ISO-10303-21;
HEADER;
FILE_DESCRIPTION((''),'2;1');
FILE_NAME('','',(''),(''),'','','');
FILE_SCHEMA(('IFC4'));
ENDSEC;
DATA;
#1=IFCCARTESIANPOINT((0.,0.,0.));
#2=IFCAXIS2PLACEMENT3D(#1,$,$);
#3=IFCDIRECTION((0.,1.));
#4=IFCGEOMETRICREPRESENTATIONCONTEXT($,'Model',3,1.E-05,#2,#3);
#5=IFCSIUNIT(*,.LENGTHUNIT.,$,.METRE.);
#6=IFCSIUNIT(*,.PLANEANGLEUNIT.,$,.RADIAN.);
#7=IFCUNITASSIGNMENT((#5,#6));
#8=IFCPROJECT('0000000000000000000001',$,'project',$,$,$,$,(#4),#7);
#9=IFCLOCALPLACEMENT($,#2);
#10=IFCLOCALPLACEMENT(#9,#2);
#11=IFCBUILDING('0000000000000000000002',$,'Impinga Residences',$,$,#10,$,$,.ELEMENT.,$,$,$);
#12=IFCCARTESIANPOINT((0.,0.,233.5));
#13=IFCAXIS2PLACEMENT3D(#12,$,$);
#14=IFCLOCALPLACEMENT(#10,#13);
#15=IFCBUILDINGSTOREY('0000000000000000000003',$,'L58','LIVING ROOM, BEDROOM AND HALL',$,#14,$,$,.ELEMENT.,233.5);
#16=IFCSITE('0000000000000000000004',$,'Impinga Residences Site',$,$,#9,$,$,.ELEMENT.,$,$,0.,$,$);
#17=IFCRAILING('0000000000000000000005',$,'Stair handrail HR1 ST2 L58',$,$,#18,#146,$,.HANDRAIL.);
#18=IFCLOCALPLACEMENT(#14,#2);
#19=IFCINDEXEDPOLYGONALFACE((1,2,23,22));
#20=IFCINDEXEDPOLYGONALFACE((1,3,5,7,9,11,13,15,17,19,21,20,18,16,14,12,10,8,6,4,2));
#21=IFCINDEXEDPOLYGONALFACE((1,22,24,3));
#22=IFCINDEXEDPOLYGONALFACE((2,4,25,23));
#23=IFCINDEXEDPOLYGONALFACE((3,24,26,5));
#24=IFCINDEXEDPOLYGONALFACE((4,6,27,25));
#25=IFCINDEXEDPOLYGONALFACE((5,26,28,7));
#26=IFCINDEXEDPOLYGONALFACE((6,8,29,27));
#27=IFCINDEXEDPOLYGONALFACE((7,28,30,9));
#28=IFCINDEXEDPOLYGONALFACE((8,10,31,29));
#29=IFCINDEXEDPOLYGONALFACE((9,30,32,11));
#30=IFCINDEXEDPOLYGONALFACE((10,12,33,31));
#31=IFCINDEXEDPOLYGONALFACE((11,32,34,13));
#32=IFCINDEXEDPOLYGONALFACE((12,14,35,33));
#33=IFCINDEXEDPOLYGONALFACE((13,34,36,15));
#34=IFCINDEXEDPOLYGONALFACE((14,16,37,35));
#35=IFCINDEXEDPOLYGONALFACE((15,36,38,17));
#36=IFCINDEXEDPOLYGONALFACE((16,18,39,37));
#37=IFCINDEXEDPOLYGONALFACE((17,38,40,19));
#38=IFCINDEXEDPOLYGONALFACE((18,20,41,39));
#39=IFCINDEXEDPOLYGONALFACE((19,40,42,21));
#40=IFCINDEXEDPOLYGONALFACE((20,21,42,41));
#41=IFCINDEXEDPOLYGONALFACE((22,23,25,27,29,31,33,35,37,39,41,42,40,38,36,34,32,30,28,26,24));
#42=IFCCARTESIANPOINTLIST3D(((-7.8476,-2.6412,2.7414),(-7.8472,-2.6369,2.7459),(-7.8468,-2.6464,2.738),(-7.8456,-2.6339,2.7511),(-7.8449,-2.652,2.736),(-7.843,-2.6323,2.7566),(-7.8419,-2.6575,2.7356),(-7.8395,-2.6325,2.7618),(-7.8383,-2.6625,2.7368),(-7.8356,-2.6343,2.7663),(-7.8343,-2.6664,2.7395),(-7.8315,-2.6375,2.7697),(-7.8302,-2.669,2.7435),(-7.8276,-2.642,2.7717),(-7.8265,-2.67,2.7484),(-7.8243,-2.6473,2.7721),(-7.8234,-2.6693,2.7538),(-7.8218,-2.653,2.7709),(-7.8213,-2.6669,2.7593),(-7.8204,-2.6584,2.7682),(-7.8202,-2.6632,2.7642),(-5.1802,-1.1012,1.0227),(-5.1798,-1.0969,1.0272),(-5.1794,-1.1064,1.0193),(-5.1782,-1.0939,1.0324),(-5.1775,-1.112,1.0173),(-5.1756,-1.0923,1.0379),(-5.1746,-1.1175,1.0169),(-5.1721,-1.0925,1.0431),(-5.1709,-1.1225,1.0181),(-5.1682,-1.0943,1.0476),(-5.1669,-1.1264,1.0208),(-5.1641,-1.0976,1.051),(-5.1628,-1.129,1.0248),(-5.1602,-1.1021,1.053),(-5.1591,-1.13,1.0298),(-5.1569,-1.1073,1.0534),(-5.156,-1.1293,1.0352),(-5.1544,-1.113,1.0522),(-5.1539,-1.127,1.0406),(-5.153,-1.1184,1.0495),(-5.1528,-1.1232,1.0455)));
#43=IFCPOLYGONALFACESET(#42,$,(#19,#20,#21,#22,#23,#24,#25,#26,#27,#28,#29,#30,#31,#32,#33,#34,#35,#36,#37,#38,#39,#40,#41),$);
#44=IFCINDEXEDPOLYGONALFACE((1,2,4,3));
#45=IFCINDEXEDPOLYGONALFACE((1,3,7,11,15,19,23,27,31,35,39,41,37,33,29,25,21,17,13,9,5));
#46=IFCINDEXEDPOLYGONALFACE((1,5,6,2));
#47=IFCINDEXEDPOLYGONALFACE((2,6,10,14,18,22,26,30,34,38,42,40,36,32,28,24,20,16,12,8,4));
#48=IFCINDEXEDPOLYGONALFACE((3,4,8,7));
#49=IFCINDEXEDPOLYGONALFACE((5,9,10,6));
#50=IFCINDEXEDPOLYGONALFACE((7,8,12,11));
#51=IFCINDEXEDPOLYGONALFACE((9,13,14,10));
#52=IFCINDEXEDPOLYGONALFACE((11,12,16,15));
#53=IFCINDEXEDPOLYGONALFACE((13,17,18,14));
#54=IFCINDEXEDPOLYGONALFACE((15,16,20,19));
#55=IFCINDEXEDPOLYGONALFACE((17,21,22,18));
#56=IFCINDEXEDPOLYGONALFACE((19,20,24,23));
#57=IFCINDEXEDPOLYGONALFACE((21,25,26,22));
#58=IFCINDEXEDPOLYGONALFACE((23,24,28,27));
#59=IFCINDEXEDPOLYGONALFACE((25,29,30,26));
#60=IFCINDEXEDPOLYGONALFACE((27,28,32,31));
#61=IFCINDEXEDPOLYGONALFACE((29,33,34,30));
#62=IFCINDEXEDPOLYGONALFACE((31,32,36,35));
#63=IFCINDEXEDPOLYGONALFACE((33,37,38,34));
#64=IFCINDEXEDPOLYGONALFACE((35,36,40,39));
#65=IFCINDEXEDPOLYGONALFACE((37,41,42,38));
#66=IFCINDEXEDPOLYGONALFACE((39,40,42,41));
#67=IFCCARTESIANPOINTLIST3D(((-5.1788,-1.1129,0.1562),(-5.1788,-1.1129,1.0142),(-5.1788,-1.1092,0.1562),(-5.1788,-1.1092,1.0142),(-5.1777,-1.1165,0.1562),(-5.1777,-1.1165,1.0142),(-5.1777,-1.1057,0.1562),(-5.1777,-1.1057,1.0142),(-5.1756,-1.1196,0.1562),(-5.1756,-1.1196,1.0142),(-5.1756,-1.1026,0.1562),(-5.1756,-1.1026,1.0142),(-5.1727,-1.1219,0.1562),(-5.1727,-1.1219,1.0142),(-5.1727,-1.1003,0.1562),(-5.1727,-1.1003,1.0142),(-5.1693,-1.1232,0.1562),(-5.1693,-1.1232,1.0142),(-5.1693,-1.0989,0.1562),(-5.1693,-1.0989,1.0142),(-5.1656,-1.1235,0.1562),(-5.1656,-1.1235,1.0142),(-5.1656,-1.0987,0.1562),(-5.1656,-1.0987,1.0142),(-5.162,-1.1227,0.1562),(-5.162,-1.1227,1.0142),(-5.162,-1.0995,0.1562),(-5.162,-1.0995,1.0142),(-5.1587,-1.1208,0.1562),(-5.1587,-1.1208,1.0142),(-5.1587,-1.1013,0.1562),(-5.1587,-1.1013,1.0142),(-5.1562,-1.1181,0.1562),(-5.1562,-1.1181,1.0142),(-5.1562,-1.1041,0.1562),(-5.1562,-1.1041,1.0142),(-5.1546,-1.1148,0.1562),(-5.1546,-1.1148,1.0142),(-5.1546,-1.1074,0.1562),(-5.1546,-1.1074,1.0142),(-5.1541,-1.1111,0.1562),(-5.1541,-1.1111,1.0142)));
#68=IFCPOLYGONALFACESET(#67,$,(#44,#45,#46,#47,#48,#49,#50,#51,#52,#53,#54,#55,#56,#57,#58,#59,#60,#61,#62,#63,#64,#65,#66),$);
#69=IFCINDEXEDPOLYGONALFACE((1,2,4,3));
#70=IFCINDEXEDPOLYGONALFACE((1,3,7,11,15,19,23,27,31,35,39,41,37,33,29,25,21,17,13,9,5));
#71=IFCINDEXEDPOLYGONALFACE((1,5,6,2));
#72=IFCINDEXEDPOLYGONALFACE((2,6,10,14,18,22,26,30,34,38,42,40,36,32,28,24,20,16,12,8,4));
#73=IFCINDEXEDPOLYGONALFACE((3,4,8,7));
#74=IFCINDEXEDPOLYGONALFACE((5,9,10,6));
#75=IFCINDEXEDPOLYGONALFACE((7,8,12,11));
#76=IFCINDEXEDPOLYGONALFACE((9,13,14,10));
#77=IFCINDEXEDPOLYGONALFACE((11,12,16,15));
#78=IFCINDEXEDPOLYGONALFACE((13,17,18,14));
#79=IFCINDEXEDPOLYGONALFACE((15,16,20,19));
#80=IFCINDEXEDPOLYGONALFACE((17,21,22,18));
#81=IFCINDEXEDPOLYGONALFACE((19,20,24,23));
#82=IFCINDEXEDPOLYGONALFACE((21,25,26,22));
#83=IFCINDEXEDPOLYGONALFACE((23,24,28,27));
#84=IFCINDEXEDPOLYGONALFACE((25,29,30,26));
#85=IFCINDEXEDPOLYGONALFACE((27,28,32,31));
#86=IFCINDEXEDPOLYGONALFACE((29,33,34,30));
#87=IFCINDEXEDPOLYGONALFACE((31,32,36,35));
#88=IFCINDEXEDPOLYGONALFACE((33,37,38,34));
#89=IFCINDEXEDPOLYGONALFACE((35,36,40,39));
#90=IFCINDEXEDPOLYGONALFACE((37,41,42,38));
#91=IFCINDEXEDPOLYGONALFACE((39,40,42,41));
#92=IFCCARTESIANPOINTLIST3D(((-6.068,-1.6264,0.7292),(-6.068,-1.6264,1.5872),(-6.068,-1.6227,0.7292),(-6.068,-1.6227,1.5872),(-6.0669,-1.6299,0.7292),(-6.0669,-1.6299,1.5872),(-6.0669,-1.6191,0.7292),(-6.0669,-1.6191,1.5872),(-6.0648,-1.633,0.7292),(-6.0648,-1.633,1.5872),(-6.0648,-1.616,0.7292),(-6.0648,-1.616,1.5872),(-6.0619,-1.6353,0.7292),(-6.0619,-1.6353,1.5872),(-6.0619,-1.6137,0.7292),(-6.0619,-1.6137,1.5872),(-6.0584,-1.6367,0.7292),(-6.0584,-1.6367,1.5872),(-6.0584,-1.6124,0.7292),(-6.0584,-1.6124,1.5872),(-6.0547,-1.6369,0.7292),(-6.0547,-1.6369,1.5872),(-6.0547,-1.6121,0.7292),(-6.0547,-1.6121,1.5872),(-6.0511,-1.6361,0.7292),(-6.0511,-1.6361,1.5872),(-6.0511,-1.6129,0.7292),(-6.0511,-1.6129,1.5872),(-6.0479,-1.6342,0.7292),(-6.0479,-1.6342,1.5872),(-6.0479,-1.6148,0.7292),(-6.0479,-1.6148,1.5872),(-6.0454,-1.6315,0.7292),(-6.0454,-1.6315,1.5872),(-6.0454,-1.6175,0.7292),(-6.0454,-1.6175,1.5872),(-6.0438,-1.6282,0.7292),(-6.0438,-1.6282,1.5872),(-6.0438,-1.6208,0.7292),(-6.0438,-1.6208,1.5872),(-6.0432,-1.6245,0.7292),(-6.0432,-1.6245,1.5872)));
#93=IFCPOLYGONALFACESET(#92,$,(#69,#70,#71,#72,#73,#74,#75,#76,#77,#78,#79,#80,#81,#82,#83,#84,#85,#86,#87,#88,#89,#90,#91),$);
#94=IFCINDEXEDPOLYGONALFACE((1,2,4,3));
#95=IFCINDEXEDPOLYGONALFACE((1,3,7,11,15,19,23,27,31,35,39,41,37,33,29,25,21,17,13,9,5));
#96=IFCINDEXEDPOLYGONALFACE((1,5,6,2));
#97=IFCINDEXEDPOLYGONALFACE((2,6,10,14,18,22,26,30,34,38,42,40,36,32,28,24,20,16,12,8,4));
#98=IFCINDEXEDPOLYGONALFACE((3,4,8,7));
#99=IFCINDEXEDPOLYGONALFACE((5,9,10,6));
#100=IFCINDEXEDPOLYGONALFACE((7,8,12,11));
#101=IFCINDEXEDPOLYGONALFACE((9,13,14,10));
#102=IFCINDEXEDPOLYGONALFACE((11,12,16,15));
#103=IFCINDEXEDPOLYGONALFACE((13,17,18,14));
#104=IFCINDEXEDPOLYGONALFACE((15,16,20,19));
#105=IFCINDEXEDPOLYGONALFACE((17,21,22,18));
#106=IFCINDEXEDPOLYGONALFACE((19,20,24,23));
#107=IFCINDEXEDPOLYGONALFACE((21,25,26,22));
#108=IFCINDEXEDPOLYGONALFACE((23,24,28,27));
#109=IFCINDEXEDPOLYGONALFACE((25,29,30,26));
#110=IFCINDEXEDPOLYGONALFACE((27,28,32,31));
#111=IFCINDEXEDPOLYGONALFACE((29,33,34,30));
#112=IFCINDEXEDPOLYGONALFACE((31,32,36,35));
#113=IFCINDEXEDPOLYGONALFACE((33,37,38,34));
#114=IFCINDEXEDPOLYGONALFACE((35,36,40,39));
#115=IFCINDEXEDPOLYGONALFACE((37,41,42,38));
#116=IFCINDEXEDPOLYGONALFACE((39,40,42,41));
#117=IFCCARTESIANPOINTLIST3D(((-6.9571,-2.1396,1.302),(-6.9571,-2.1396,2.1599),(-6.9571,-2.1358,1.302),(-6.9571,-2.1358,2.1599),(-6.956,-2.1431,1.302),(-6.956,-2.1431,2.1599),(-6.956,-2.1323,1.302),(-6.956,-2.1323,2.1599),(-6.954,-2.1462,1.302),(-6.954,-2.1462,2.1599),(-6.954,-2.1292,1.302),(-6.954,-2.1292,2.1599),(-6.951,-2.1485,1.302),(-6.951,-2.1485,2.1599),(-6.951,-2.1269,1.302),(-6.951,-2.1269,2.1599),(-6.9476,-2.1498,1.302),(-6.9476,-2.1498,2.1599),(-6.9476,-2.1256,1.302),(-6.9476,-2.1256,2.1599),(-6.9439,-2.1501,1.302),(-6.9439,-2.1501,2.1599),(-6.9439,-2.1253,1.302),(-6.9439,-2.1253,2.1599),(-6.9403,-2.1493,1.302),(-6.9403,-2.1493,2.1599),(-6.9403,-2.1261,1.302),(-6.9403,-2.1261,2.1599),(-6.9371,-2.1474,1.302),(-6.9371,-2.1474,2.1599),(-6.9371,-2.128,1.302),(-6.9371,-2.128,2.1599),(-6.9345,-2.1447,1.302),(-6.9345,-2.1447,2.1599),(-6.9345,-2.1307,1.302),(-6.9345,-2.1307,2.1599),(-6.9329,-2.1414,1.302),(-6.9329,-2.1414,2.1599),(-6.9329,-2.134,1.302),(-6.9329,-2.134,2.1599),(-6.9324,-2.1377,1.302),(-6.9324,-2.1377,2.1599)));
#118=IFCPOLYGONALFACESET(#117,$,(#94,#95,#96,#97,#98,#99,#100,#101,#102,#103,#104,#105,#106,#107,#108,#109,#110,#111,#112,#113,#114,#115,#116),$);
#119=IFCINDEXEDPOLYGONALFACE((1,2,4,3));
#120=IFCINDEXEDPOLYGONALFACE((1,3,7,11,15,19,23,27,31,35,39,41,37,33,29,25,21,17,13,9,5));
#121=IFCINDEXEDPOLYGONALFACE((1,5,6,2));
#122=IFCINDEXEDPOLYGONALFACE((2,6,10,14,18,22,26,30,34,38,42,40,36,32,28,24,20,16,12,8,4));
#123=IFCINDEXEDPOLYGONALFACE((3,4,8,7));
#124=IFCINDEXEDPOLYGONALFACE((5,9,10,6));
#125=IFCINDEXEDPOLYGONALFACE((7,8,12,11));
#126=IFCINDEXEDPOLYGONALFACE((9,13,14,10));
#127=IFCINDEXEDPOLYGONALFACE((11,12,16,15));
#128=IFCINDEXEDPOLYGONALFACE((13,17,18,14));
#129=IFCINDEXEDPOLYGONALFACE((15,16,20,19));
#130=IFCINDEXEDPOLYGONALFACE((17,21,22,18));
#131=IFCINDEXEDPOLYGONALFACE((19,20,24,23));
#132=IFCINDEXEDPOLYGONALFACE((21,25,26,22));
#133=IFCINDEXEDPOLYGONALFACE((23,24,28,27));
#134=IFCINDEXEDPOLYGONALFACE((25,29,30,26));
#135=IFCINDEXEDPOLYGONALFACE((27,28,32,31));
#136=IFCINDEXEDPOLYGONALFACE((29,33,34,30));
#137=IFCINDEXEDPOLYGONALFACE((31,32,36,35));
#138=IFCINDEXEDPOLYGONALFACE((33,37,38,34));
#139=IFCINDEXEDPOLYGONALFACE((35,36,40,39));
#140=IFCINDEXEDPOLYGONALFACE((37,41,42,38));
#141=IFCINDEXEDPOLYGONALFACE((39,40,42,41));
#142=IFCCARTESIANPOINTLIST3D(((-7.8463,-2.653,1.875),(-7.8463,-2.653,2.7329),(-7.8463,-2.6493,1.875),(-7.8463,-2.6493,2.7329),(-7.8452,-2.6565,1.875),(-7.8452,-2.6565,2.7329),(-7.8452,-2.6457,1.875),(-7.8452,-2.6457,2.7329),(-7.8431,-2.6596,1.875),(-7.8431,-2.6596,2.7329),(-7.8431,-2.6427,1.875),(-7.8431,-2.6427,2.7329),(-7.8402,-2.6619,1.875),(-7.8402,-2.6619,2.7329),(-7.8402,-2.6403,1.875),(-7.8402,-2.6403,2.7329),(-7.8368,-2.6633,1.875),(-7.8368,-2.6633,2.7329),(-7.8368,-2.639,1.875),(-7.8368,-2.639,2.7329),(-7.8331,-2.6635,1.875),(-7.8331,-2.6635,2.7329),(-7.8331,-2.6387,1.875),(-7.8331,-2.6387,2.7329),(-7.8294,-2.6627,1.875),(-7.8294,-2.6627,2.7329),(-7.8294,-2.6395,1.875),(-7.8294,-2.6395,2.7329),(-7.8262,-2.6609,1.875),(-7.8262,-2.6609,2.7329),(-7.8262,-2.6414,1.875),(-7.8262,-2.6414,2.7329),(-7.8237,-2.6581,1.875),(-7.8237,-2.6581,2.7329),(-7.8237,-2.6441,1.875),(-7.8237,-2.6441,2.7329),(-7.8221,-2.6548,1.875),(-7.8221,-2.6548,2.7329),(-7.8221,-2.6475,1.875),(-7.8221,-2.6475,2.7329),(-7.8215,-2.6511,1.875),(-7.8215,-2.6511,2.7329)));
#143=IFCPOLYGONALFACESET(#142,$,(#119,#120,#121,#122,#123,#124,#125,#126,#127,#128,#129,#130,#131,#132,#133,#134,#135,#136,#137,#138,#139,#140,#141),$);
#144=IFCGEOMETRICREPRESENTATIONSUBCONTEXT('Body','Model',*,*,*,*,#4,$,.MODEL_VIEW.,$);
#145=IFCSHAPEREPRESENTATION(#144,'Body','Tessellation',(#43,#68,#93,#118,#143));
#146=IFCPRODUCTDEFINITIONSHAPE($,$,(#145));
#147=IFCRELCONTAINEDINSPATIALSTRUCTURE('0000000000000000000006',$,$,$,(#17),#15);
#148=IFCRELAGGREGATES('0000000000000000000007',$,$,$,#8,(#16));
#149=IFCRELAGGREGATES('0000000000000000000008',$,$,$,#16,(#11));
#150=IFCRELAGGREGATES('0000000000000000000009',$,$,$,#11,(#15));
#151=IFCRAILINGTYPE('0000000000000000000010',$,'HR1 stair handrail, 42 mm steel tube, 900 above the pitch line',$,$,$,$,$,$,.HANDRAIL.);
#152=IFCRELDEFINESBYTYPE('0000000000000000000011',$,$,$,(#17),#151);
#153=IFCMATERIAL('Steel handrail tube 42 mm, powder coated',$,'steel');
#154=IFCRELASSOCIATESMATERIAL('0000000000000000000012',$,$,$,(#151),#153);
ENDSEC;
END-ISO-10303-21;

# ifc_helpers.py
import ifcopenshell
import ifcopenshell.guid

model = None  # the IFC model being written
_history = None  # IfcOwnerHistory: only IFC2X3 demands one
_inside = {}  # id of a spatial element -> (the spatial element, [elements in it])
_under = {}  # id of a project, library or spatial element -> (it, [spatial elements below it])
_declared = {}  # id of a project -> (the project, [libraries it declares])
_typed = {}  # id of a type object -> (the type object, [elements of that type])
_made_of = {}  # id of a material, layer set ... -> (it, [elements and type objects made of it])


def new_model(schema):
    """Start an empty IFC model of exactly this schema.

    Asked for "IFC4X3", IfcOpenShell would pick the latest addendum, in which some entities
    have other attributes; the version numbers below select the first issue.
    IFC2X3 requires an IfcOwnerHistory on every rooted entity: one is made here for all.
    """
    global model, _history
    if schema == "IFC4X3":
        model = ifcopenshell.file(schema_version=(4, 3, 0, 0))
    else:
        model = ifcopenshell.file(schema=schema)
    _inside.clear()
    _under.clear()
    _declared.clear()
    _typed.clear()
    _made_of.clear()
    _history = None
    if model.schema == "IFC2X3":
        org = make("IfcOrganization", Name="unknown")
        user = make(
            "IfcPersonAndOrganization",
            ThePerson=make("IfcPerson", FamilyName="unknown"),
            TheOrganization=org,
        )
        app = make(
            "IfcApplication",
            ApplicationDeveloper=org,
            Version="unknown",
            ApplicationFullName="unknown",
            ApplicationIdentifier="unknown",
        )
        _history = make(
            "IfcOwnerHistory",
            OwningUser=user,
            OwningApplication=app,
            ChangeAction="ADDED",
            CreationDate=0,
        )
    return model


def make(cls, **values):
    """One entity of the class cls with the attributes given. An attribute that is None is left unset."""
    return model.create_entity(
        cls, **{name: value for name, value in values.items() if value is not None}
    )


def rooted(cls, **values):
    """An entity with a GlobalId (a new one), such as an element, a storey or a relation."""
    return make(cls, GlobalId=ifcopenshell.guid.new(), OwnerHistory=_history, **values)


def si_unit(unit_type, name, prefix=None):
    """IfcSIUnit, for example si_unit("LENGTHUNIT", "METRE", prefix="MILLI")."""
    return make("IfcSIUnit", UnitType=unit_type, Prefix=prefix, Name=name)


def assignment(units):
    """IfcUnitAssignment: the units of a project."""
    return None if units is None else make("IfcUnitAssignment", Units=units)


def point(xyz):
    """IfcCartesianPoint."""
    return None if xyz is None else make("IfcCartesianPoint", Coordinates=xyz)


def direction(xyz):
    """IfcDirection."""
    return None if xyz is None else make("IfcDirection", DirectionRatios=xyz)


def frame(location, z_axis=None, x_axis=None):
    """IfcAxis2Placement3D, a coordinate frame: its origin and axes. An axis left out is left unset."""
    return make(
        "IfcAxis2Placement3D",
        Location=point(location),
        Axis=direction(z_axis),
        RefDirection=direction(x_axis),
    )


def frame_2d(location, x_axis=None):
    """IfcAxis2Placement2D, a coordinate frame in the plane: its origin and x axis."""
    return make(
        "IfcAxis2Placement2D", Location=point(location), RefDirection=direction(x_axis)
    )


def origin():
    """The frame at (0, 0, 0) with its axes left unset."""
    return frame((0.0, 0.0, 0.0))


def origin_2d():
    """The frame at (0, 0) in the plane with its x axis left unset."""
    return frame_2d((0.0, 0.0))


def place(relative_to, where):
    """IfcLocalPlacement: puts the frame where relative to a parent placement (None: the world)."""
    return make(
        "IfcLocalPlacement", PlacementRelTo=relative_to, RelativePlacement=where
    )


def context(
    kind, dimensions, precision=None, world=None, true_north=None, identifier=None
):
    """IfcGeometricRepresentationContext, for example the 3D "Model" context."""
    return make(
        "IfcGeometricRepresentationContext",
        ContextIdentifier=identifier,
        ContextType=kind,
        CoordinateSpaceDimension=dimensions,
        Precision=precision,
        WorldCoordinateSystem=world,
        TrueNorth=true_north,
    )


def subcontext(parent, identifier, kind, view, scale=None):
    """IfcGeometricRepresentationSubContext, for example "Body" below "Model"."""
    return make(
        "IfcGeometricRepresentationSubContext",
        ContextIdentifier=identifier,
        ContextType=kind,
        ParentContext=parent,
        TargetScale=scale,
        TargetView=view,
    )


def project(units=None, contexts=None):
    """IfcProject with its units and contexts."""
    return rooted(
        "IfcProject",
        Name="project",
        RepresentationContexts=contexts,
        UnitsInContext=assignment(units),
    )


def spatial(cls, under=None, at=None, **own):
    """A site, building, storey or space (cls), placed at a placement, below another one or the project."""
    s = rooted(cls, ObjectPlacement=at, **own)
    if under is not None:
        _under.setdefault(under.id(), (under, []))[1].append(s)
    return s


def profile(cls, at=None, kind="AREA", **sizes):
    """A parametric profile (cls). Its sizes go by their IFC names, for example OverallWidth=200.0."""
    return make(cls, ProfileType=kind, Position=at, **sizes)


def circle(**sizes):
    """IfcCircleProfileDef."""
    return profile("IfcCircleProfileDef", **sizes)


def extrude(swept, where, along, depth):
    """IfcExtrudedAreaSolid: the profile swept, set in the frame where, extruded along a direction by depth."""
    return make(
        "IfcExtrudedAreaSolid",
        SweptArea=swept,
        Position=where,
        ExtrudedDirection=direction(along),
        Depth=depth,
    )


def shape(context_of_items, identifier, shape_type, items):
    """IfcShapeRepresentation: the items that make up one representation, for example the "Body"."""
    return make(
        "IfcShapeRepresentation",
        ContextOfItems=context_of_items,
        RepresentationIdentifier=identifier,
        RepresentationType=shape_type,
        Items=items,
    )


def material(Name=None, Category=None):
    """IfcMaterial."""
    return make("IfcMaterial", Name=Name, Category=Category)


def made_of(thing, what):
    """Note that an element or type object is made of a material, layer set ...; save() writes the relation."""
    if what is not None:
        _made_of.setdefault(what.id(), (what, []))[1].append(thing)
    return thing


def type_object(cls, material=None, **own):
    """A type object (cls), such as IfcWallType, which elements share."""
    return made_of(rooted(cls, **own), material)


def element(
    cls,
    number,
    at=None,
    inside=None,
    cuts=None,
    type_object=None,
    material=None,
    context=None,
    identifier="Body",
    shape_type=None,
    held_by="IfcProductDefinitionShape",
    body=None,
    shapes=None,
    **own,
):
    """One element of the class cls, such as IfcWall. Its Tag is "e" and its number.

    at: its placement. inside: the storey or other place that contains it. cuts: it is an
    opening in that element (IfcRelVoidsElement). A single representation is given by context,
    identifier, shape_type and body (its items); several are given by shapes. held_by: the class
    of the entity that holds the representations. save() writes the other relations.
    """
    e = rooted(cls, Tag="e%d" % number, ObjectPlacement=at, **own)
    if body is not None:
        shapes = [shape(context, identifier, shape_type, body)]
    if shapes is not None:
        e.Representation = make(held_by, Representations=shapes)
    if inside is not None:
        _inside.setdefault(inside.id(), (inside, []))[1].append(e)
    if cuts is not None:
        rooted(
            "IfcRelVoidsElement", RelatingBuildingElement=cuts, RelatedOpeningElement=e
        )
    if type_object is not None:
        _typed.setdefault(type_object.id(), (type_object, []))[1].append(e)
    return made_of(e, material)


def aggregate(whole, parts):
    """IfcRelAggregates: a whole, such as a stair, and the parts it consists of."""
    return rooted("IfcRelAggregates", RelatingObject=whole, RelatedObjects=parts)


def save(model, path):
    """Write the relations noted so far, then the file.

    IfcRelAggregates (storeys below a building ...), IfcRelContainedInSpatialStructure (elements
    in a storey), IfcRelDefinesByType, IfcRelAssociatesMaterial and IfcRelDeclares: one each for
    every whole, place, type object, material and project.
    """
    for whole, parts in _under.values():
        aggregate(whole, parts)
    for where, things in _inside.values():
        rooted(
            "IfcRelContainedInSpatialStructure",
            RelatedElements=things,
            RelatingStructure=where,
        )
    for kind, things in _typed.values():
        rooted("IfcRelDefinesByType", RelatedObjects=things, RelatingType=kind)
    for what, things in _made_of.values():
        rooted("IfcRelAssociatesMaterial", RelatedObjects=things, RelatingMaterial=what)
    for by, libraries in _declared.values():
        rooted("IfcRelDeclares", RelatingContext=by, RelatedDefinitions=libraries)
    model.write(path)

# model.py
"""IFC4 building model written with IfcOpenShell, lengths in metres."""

from ifc_helpers import new_model, si_unit, direction, frame, origin, origin_2d, place, context, subcontext, project, spatial, circle, extrude, material, type_object, element, save


model = new_model("IFC4")

# Units and contexts
model_context = context("Model", 3, precision=1e-05, world=origin(), true_north=direction((0.0, 1.0)))
body_context = subcontext(model_context, "Body", "Model", "MODEL_VIEW")
ifc_project = project(units=[si_unit("LENGTHUNIT", "METRE"), si_unit("PLANEANGLEUNIT", "RADIAN")], contexts=[model_context])

# Site, building, storey
site_placement = place(None, origin())
site = spatial("IfcSite", under=ifc_project, at=site_placement, Name="Impinga Residences Site", CompositionType="ELEMENT", RefElevation=0.0)
building_placement = place(site_placement, origin())
building = spatial("IfcBuilding", under=site, at=building_placement, Name="Impinga Residences", CompositionType="ELEMENT")
storey_placement = place(building_placement, frame((0.0, 0.0, 233.5)))
storey = spatial("IfcBuildingStorey", under=building, at=storey_placement, Name="L58", Description="LIVING ROOM, BEDROOM AND HALL", CompositionType="ELEMENT", Elevation=233.5)

# Railing
ifc_material_1 = material(Name="Steel handrail tube 42 mm, powder coated", Category="steel")
railing_type = type_object("IfcRailingType", Name="HR1 stair handrail, 42 mm steel tube, 900 above the pitch line", PredefinedType="HANDRAIL", material=ifc_material_1)
railing_1_placement = place(storey_placement, frame((-5.1665, -1.1111, 0.1562)))
element("IfcRailing", 1, at=railing_1_placement, inside=storey, type_object=railing_type, Name="Stair handrail HR1 ST2 L58", PredefinedType="HANDRAIL", context=body_context, shape_type="SweptSolid", body=[
    extrude(circle(Radius=0.021, at=origin_2d()), frame((0.0, 0.0, 0.8789), z_axis=(-0.756256, -0.436616, 0.487282), x_axis=(0.499992, -0.86603, 0.0)), (0.0, 0.0, 1.0), 3.5271),
    extrude(circle(Radius=0.0125, at=origin_2d()), origin(), (0.0, 0.0, 1.0), 0.8579),
    extrude(circle(Radius=0.0125, at=origin_2d()), frame((-0.8892, -0.5134, 0.573)), (0.0, 0.0, 1.0), 0.8579),
    extrude(circle(Radius=0.0125, at=origin_2d()), frame((-1.7783, -1.0266, 1.1458)), (0.0, 0.0, 1.0), 0.8579),
    extrude(circle(Radius=0.0125, at=origin_2d()), frame((-2.6675, -1.54, 1.7188)), (0.0, 0.0, 1.0), 0.8579),
])

save(model, "model.ifc")
